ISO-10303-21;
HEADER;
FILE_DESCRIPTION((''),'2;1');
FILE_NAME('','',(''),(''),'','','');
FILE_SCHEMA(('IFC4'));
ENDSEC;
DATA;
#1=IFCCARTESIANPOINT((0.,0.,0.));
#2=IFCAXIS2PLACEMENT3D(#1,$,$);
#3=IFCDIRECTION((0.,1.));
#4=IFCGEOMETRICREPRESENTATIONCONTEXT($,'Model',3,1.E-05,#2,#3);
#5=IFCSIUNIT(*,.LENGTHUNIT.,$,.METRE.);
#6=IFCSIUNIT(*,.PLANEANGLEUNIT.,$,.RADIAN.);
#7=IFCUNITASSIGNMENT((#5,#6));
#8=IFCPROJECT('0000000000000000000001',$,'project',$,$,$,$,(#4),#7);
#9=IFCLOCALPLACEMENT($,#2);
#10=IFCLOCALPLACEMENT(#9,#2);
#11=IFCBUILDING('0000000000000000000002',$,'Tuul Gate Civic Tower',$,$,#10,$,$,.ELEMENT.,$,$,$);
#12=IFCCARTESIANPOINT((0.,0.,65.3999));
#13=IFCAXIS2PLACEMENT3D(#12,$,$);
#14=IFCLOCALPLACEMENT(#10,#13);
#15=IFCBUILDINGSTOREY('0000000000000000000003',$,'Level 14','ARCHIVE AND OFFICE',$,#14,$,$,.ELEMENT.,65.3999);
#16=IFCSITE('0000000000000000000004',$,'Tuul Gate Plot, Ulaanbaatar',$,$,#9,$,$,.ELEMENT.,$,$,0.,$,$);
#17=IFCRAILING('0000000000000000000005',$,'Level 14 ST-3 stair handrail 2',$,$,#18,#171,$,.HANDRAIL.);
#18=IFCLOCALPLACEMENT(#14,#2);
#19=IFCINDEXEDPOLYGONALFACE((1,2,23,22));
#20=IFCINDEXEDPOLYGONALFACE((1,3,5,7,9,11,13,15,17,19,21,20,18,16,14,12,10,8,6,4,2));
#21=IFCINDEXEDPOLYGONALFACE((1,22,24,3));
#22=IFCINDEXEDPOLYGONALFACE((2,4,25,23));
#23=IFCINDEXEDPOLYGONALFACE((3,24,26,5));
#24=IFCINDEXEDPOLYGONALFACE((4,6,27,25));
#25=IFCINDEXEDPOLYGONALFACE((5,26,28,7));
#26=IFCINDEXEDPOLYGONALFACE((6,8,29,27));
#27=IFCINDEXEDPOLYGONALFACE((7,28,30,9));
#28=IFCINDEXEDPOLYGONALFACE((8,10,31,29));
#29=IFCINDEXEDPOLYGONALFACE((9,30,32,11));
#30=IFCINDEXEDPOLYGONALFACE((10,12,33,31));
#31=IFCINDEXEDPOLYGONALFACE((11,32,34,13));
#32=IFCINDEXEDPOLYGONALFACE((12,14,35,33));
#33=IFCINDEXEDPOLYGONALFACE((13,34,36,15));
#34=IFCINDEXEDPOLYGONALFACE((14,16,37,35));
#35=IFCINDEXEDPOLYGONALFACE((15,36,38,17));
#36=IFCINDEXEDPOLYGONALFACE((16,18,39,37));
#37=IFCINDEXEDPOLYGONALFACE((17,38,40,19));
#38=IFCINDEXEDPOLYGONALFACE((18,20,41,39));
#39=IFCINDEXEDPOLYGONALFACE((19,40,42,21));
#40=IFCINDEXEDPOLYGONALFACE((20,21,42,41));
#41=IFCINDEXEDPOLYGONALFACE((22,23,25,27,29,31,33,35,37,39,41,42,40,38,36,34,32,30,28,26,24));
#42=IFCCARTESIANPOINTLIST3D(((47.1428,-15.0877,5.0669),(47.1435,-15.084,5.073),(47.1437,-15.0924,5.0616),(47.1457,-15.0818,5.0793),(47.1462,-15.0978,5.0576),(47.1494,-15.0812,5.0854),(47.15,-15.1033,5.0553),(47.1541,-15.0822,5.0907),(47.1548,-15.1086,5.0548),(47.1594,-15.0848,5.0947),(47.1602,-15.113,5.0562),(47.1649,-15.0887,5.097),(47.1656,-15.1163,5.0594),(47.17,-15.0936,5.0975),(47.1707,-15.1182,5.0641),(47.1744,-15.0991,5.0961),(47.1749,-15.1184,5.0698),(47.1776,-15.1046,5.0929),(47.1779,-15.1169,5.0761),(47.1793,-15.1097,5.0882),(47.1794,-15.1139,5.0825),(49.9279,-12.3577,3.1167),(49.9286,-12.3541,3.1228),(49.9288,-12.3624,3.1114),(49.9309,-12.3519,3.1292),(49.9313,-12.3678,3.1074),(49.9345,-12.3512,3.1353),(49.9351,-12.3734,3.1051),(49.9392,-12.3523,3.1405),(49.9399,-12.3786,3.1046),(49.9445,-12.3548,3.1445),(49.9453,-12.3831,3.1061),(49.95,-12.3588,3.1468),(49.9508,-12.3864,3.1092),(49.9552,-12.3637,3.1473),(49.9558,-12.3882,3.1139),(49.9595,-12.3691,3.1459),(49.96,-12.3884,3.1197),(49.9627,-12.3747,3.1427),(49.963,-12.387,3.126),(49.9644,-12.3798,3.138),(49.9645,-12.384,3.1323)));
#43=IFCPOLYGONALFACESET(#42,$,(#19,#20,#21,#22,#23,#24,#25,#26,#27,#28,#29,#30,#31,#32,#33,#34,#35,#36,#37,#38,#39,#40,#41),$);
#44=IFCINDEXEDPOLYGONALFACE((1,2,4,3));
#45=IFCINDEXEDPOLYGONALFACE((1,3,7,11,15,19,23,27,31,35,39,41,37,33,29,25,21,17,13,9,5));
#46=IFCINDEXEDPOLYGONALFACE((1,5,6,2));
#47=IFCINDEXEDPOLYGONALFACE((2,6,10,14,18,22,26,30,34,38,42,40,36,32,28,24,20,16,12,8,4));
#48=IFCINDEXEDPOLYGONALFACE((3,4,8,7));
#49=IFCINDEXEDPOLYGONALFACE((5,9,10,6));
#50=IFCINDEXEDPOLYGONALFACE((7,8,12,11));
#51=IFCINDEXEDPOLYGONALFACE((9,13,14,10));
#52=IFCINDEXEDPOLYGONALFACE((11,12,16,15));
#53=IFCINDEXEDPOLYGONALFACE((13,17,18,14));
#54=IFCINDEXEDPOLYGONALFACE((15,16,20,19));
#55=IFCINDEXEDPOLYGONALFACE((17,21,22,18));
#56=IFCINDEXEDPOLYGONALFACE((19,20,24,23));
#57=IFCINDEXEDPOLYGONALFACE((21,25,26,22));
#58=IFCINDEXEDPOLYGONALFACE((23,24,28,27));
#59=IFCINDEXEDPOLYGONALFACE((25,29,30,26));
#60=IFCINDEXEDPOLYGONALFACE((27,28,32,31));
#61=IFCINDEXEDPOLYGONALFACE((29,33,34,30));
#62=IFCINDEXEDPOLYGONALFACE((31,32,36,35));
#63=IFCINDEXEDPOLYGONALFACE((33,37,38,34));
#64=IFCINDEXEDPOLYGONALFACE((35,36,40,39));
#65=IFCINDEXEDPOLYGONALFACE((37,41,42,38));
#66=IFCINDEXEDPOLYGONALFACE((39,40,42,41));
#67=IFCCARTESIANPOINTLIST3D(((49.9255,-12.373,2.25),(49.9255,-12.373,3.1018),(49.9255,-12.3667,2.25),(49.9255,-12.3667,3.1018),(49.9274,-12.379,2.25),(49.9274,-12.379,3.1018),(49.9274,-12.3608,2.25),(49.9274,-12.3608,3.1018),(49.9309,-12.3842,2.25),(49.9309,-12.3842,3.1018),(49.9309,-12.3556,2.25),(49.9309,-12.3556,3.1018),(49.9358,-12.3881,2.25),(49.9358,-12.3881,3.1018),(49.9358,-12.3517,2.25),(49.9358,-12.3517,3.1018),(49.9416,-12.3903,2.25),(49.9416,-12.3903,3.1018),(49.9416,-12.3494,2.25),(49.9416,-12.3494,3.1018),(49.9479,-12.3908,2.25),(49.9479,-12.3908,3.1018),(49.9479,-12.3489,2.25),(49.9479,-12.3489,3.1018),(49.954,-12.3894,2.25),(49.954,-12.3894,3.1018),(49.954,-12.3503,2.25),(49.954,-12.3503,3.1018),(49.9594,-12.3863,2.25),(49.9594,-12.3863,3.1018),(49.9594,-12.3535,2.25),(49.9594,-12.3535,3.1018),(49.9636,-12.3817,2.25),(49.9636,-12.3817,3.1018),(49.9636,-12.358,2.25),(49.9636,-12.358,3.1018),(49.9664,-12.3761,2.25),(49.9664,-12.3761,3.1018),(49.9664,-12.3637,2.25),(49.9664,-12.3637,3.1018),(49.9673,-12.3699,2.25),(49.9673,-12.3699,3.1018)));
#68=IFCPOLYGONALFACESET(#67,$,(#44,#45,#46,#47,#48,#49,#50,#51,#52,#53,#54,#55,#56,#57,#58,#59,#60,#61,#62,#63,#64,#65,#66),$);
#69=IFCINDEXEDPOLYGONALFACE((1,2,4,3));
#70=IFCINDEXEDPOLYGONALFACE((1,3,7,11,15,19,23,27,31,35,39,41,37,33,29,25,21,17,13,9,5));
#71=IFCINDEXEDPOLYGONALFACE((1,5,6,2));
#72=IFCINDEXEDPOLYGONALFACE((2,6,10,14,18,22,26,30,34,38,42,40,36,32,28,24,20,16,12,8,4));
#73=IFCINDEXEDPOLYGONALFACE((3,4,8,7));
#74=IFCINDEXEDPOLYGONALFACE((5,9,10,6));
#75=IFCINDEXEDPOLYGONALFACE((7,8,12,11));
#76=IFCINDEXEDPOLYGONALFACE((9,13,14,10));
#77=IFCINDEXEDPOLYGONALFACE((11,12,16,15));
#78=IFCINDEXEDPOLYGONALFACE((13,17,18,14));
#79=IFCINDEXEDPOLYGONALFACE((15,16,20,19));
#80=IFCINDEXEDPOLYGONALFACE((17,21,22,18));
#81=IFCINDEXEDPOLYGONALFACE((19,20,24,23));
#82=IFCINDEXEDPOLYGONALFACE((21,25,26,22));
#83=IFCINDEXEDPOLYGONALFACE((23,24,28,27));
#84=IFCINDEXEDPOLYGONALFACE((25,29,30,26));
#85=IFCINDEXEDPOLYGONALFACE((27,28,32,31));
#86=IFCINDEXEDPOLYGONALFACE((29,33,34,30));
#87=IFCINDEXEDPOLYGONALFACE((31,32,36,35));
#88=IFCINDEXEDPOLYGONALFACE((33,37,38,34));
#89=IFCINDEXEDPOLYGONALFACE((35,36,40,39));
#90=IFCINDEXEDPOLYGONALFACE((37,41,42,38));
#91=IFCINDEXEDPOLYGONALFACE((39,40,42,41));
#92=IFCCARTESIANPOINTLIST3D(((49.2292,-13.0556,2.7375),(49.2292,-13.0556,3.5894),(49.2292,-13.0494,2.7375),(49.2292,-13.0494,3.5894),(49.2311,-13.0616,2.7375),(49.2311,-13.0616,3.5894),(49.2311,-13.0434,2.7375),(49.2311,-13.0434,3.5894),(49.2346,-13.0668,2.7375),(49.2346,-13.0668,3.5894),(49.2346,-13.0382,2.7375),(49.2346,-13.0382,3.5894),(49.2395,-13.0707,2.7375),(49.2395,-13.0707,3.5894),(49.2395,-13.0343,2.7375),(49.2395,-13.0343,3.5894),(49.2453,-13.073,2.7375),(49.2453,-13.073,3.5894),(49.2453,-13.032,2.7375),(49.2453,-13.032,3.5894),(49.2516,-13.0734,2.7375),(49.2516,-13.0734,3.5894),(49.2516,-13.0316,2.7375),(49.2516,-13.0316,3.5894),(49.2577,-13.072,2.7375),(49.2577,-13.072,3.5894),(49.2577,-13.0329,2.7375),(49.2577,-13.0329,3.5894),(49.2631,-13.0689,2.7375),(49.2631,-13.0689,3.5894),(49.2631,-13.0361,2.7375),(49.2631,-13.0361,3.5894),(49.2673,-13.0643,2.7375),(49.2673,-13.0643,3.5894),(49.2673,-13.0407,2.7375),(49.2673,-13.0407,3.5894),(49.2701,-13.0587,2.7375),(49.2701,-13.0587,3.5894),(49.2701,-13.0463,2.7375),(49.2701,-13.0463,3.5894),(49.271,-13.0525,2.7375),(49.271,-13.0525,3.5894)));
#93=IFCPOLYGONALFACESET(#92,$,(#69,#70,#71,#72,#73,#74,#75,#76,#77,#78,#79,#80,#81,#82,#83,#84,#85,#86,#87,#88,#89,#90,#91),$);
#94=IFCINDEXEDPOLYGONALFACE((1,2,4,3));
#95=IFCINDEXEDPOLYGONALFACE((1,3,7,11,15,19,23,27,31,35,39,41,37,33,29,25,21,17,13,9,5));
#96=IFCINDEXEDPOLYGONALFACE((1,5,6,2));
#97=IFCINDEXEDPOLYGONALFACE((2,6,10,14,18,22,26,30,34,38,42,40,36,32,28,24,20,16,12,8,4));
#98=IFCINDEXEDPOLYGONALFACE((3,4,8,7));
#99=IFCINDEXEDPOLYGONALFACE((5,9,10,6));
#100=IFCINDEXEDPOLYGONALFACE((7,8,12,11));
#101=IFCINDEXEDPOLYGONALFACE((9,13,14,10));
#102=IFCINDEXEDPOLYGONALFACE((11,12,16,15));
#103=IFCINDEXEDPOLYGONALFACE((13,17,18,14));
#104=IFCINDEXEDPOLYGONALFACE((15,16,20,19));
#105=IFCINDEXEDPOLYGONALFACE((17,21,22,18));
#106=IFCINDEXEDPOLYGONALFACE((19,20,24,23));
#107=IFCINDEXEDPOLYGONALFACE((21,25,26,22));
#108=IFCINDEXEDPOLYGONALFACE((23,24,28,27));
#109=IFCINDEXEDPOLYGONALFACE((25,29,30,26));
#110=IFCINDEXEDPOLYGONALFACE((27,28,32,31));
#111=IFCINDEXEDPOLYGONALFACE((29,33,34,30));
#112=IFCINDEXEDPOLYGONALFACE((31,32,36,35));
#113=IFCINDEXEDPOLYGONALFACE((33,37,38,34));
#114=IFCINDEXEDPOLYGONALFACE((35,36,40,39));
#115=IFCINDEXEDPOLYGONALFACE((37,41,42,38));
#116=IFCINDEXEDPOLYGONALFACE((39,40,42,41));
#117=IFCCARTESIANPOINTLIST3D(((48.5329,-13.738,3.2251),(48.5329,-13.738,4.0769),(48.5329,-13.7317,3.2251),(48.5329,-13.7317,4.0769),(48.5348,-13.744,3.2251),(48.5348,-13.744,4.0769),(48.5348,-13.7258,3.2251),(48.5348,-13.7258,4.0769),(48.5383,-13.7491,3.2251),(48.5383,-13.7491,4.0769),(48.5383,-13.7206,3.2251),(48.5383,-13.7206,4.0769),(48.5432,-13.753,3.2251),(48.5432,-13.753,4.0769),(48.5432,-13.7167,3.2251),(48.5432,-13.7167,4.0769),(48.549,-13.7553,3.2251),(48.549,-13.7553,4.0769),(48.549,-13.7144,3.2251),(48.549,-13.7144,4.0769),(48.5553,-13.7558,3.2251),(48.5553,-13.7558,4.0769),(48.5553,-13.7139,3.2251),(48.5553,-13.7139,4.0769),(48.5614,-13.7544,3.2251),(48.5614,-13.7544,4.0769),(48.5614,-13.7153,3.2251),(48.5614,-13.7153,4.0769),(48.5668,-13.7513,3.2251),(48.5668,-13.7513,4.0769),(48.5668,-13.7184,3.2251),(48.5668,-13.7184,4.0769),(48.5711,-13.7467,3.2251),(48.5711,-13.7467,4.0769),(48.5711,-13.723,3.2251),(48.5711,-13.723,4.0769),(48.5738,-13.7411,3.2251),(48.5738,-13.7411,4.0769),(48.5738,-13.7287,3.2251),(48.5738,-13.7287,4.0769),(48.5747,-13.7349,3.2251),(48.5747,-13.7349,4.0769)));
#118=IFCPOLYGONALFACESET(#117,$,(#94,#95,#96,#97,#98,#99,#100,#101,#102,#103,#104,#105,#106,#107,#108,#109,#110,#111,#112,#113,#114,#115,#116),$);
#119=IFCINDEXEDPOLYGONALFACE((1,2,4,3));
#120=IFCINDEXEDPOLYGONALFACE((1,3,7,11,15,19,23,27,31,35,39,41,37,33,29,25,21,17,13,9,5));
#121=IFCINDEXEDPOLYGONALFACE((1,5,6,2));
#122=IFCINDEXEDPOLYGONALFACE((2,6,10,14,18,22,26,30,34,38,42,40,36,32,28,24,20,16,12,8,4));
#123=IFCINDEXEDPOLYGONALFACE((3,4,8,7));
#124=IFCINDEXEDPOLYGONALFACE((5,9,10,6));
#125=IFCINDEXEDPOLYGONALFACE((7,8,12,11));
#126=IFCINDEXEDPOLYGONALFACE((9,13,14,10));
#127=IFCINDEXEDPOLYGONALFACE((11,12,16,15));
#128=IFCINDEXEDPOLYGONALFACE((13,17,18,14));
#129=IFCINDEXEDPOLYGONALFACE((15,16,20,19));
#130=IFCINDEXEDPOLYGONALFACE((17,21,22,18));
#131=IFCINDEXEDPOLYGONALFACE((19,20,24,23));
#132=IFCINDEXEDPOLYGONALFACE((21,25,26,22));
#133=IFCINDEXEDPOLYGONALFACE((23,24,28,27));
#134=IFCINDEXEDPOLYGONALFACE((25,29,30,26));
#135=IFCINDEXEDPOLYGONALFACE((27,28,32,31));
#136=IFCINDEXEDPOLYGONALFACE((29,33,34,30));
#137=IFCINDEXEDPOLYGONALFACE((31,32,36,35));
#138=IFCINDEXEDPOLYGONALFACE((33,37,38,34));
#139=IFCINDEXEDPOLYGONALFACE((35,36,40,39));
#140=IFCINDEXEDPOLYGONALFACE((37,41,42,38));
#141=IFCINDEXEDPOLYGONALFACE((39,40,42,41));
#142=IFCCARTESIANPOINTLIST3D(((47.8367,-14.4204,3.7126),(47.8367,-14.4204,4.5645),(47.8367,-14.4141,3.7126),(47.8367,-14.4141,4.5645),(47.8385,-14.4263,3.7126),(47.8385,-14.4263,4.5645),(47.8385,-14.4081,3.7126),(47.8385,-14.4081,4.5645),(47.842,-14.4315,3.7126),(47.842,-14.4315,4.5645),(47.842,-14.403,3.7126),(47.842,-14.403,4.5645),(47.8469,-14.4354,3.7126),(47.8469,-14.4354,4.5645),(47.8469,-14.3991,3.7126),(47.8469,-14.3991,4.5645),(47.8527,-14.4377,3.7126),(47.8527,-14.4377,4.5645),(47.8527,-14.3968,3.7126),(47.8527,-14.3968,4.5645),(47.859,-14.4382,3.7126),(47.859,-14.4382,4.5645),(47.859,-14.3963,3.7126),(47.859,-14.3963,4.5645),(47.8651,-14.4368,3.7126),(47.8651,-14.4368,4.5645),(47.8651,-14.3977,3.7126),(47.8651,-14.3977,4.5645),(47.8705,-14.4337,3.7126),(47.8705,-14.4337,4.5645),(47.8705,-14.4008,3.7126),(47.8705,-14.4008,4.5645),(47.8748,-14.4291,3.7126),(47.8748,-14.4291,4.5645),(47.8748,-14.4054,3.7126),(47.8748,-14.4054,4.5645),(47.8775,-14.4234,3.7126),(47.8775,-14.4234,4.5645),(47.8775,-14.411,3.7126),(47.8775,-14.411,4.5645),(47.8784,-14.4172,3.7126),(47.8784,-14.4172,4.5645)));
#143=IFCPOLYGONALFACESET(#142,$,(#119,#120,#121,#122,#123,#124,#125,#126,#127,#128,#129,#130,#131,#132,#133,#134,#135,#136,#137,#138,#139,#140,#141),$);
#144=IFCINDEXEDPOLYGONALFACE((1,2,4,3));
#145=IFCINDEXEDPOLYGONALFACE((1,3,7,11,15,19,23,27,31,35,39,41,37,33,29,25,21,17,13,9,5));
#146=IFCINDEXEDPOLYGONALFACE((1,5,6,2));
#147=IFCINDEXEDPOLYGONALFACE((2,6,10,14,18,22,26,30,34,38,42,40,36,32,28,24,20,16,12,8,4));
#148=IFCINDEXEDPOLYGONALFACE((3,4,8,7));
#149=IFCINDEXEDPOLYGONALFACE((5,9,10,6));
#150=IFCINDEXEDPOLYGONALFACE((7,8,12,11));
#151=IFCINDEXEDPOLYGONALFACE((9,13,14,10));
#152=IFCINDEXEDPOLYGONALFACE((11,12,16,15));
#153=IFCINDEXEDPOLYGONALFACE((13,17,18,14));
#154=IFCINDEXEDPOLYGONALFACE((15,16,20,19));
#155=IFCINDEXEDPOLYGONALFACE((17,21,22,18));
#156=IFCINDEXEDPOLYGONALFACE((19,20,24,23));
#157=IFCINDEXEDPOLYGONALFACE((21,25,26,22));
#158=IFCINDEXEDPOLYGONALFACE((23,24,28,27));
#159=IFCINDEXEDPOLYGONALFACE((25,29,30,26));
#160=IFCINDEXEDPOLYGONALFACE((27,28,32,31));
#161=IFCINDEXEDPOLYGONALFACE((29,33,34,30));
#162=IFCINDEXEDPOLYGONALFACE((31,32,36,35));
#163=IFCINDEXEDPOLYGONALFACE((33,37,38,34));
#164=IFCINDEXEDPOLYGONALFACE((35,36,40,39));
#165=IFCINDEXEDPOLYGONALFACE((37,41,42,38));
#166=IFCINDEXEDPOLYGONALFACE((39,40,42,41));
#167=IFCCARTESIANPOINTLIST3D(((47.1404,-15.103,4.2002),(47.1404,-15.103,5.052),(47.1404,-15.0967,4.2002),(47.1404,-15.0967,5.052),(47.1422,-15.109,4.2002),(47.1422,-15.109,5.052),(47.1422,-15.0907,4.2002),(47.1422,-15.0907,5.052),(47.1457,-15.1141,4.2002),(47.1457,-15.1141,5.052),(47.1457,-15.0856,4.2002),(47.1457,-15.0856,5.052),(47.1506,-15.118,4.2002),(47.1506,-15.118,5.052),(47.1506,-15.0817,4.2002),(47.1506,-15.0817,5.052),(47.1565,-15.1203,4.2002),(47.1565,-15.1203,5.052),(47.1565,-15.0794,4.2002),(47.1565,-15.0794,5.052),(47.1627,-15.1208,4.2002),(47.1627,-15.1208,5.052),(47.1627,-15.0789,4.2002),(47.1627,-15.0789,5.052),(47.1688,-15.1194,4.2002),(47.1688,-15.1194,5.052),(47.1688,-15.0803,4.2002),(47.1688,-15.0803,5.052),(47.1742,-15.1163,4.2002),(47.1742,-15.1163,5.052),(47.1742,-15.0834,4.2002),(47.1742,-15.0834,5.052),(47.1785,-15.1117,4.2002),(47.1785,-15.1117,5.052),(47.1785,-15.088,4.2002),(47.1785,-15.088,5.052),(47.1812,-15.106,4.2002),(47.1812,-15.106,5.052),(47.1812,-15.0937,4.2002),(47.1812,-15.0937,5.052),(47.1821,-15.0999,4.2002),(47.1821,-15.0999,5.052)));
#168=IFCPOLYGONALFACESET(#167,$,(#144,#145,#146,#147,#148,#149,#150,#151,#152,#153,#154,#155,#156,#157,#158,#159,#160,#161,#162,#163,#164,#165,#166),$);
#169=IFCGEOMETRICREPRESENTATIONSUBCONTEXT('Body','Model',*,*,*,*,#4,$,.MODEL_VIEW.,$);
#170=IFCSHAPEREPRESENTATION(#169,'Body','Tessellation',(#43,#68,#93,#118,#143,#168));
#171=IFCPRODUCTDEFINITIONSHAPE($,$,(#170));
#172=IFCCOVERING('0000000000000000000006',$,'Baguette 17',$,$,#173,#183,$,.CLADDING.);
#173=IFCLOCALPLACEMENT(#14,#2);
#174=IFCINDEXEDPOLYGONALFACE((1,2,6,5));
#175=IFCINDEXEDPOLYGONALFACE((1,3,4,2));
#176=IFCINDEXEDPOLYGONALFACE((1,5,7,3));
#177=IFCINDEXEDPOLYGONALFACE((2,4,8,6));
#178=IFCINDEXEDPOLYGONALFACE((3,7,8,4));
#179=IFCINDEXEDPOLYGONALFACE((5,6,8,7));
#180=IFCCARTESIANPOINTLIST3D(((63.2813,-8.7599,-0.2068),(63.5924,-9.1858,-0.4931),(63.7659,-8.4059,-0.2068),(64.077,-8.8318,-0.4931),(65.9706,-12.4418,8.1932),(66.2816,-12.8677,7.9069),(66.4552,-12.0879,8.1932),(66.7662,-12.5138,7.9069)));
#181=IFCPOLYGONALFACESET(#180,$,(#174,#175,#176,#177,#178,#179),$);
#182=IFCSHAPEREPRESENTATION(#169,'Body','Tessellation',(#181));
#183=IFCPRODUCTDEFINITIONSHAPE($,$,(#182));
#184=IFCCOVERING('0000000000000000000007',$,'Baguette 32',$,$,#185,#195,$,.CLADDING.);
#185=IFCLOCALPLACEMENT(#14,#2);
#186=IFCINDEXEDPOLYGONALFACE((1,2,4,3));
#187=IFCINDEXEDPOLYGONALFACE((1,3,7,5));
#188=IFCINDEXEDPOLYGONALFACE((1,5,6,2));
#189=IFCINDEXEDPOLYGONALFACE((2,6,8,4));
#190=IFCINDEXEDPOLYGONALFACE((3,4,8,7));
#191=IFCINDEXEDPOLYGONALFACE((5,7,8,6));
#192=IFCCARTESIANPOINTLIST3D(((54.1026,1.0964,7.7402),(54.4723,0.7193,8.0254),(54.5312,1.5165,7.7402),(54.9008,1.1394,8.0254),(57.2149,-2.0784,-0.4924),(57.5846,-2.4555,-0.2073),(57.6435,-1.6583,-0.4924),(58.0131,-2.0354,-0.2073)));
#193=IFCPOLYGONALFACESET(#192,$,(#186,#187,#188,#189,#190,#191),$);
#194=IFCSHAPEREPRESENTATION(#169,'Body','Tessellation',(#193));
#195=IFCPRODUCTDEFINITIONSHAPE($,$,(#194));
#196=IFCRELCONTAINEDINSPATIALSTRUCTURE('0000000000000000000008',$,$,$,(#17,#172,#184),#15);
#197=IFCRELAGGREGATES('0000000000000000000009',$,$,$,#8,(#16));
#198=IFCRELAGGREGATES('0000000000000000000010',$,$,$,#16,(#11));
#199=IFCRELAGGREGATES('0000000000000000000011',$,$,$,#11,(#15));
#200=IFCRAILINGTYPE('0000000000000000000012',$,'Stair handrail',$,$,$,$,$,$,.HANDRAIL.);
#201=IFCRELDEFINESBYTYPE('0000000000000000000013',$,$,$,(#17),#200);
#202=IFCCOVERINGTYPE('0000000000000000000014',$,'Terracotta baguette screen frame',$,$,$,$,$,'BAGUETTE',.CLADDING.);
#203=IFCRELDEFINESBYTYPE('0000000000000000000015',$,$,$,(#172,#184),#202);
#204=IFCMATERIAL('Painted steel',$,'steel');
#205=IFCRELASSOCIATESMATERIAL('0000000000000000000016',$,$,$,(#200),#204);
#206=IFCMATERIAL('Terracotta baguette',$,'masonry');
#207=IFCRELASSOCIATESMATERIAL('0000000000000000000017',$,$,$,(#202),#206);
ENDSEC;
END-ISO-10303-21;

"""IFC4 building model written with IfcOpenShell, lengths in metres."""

from ifc_helpers import new_model, si_unit, direction, frame, origin, origin_2d, place, context, subcontext, project, spatial, rectangle, circle, extrude, material, material_profile, profile_set, type_object, element, save


model = new_model("IFC4")

# Units and contexts
model_context = context("Model", 3, precision=1e-05, world=origin(), true_north=direction((0.0, 1.0)))
body_context = subcontext(model_context, "Body", "Model", "MODEL_VIEW")
ifc_project = project(units=[si_unit("LENGTHUNIT", "METRE"), si_unit("PLANEANGLEUNIT", "RADIAN")], contexts=[model_context])

# Site, building, storey
site_placement = place(None, origin())
site = spatial("IfcSite", under=ifc_project, at=site_placement, Name="Tuul Gate Plot, Ulaanbaatar", CompositionType="ELEMENT", RefElevation=0.0)
building_placement = place(site_placement, origin())
building = spatial("IfcBuilding", under=site, at=building_placement, Name="Tuul Gate Civic Tower", CompositionType="ELEMENT")
storey_placement = place(building_placement, frame((0.0, 0.0, 65.3999)))
storey = spatial("IfcBuildingStorey", under=building, at=storey_placement, Name="Level 14", Description="ARCHIVE AND OFFICE", CompositionType="ELEMENT", Elevation=65.3999)

# Railing
ifc_material_1 = material(Name="Painted steel", Category="steel")
railing_type = type_object("IfcRailingType", Name="Stair handrail", PredefinedType="HANDRAIL", material=ifc_material_1)
railing_placement = place(storey_placement, frame((49.9463, -12.3699, 2.25)))
element("IfcRailing", 1, at=railing_placement, inside=storey, type_object=railing_type, Name="Level 14 ST-3 stair handrail 2", PredefinedType="HANDRAIL", context=body_context, shape_type="SweptSolid", body=[
    extrude(circle(Radius=0.0239, at=origin_2d()), frame((0.0, 0.0, 0.876), z_axis=(-0.638738, -0.626084, 0.447251), x_axis=(0.699998, -0.714145, 0.0)), (0.0, 0.0, 1.0), 4.3604),
    extrude(circle(Radius=0.021, at=origin_2d()), origin(), (0.0, 0.0, 1.0), 0.8518),
    extrude(circle(Radius=0.021, at=origin_2d()), frame((-0.6963, -0.6826, 0.4875)), (0.0, 0.0, 1.0), 0.8518),
    extrude(circle(Radius=0.021, at=origin_2d()), frame((-1.3926, -1.365, 0.9751)), (0.0, 0.0, 1.0), 0.8518),
    extrude(circle(Radius=0.021, at=origin_2d()), frame((-2.0889, -2.0474, 1.4626)), (0.0, 0.0, 1.0), 0.8518),
    extrude(circle(Radius=0.021, at=origin_2d()), frame((-2.7852, -2.73, 1.9502)), (0.0, 0.0, 1.0), 0.8518),
])

# Coverings
ifc_material_2 = material(Name="Terracotta baguette", Category="masonry")
ifc_material_profile_1 = material_profile(ifc_material_2, rectangle(XDim=0.6001, YDim=0.6001, at=origin_2d()), Name="Terracotta baguette screen frame")
ifc_profile_set_1 = profile_set([ifc_material_profile_1], Name="Terracotta baguette")
covering_type = type_object("IfcCoveringType", Name="Terracotta baguette screen frame", ElementType="BAGUETTE", PredefinedType="CLADDING", material=ifc_profile_set_1)
covering_1_placement = place(storey_placement, frame((66.3684, -12.4778, 8.05), z_axis=(-0.281371, 0.385234, -0.878877), x_axis=(-0.807537, -0.589817, 0.0)))
element("IfcCovering", 2, at=covering_1_placement, inside=storey, type_object=covering_type, Name="Baguette 17", PredefinedType="CLADDING", context=body_context, shape_type="SweptSolid", body=[
    extrude(rectangle(XDim=0.6001, YDim=0.6001, at=origin_2d()), origin(), (0.0, 0.0, 1.0), 9.5576),
])
covering_2_placement = place(storey_placement, frame((54.5017, 1.1179, 7.8828), z_axis=(0.332638, -0.339318, -0.879895), x_axis=(0.714101, 0.700043, 0.0)))
element("IfcCovering", 3, at=covering_2_placement, inside=storey, type_object=covering_type, Name="Baguette 32", PredefinedType="CLADDING", context=body_context, shape_type="SweptSolid", body=[
    extrude(rectangle(XDim=0.6001, YDim=0.6001, at=origin_2d()), origin(), (0.0, 0.0, 1.0), 9.3564),
])

save(model, "model.ifc")
